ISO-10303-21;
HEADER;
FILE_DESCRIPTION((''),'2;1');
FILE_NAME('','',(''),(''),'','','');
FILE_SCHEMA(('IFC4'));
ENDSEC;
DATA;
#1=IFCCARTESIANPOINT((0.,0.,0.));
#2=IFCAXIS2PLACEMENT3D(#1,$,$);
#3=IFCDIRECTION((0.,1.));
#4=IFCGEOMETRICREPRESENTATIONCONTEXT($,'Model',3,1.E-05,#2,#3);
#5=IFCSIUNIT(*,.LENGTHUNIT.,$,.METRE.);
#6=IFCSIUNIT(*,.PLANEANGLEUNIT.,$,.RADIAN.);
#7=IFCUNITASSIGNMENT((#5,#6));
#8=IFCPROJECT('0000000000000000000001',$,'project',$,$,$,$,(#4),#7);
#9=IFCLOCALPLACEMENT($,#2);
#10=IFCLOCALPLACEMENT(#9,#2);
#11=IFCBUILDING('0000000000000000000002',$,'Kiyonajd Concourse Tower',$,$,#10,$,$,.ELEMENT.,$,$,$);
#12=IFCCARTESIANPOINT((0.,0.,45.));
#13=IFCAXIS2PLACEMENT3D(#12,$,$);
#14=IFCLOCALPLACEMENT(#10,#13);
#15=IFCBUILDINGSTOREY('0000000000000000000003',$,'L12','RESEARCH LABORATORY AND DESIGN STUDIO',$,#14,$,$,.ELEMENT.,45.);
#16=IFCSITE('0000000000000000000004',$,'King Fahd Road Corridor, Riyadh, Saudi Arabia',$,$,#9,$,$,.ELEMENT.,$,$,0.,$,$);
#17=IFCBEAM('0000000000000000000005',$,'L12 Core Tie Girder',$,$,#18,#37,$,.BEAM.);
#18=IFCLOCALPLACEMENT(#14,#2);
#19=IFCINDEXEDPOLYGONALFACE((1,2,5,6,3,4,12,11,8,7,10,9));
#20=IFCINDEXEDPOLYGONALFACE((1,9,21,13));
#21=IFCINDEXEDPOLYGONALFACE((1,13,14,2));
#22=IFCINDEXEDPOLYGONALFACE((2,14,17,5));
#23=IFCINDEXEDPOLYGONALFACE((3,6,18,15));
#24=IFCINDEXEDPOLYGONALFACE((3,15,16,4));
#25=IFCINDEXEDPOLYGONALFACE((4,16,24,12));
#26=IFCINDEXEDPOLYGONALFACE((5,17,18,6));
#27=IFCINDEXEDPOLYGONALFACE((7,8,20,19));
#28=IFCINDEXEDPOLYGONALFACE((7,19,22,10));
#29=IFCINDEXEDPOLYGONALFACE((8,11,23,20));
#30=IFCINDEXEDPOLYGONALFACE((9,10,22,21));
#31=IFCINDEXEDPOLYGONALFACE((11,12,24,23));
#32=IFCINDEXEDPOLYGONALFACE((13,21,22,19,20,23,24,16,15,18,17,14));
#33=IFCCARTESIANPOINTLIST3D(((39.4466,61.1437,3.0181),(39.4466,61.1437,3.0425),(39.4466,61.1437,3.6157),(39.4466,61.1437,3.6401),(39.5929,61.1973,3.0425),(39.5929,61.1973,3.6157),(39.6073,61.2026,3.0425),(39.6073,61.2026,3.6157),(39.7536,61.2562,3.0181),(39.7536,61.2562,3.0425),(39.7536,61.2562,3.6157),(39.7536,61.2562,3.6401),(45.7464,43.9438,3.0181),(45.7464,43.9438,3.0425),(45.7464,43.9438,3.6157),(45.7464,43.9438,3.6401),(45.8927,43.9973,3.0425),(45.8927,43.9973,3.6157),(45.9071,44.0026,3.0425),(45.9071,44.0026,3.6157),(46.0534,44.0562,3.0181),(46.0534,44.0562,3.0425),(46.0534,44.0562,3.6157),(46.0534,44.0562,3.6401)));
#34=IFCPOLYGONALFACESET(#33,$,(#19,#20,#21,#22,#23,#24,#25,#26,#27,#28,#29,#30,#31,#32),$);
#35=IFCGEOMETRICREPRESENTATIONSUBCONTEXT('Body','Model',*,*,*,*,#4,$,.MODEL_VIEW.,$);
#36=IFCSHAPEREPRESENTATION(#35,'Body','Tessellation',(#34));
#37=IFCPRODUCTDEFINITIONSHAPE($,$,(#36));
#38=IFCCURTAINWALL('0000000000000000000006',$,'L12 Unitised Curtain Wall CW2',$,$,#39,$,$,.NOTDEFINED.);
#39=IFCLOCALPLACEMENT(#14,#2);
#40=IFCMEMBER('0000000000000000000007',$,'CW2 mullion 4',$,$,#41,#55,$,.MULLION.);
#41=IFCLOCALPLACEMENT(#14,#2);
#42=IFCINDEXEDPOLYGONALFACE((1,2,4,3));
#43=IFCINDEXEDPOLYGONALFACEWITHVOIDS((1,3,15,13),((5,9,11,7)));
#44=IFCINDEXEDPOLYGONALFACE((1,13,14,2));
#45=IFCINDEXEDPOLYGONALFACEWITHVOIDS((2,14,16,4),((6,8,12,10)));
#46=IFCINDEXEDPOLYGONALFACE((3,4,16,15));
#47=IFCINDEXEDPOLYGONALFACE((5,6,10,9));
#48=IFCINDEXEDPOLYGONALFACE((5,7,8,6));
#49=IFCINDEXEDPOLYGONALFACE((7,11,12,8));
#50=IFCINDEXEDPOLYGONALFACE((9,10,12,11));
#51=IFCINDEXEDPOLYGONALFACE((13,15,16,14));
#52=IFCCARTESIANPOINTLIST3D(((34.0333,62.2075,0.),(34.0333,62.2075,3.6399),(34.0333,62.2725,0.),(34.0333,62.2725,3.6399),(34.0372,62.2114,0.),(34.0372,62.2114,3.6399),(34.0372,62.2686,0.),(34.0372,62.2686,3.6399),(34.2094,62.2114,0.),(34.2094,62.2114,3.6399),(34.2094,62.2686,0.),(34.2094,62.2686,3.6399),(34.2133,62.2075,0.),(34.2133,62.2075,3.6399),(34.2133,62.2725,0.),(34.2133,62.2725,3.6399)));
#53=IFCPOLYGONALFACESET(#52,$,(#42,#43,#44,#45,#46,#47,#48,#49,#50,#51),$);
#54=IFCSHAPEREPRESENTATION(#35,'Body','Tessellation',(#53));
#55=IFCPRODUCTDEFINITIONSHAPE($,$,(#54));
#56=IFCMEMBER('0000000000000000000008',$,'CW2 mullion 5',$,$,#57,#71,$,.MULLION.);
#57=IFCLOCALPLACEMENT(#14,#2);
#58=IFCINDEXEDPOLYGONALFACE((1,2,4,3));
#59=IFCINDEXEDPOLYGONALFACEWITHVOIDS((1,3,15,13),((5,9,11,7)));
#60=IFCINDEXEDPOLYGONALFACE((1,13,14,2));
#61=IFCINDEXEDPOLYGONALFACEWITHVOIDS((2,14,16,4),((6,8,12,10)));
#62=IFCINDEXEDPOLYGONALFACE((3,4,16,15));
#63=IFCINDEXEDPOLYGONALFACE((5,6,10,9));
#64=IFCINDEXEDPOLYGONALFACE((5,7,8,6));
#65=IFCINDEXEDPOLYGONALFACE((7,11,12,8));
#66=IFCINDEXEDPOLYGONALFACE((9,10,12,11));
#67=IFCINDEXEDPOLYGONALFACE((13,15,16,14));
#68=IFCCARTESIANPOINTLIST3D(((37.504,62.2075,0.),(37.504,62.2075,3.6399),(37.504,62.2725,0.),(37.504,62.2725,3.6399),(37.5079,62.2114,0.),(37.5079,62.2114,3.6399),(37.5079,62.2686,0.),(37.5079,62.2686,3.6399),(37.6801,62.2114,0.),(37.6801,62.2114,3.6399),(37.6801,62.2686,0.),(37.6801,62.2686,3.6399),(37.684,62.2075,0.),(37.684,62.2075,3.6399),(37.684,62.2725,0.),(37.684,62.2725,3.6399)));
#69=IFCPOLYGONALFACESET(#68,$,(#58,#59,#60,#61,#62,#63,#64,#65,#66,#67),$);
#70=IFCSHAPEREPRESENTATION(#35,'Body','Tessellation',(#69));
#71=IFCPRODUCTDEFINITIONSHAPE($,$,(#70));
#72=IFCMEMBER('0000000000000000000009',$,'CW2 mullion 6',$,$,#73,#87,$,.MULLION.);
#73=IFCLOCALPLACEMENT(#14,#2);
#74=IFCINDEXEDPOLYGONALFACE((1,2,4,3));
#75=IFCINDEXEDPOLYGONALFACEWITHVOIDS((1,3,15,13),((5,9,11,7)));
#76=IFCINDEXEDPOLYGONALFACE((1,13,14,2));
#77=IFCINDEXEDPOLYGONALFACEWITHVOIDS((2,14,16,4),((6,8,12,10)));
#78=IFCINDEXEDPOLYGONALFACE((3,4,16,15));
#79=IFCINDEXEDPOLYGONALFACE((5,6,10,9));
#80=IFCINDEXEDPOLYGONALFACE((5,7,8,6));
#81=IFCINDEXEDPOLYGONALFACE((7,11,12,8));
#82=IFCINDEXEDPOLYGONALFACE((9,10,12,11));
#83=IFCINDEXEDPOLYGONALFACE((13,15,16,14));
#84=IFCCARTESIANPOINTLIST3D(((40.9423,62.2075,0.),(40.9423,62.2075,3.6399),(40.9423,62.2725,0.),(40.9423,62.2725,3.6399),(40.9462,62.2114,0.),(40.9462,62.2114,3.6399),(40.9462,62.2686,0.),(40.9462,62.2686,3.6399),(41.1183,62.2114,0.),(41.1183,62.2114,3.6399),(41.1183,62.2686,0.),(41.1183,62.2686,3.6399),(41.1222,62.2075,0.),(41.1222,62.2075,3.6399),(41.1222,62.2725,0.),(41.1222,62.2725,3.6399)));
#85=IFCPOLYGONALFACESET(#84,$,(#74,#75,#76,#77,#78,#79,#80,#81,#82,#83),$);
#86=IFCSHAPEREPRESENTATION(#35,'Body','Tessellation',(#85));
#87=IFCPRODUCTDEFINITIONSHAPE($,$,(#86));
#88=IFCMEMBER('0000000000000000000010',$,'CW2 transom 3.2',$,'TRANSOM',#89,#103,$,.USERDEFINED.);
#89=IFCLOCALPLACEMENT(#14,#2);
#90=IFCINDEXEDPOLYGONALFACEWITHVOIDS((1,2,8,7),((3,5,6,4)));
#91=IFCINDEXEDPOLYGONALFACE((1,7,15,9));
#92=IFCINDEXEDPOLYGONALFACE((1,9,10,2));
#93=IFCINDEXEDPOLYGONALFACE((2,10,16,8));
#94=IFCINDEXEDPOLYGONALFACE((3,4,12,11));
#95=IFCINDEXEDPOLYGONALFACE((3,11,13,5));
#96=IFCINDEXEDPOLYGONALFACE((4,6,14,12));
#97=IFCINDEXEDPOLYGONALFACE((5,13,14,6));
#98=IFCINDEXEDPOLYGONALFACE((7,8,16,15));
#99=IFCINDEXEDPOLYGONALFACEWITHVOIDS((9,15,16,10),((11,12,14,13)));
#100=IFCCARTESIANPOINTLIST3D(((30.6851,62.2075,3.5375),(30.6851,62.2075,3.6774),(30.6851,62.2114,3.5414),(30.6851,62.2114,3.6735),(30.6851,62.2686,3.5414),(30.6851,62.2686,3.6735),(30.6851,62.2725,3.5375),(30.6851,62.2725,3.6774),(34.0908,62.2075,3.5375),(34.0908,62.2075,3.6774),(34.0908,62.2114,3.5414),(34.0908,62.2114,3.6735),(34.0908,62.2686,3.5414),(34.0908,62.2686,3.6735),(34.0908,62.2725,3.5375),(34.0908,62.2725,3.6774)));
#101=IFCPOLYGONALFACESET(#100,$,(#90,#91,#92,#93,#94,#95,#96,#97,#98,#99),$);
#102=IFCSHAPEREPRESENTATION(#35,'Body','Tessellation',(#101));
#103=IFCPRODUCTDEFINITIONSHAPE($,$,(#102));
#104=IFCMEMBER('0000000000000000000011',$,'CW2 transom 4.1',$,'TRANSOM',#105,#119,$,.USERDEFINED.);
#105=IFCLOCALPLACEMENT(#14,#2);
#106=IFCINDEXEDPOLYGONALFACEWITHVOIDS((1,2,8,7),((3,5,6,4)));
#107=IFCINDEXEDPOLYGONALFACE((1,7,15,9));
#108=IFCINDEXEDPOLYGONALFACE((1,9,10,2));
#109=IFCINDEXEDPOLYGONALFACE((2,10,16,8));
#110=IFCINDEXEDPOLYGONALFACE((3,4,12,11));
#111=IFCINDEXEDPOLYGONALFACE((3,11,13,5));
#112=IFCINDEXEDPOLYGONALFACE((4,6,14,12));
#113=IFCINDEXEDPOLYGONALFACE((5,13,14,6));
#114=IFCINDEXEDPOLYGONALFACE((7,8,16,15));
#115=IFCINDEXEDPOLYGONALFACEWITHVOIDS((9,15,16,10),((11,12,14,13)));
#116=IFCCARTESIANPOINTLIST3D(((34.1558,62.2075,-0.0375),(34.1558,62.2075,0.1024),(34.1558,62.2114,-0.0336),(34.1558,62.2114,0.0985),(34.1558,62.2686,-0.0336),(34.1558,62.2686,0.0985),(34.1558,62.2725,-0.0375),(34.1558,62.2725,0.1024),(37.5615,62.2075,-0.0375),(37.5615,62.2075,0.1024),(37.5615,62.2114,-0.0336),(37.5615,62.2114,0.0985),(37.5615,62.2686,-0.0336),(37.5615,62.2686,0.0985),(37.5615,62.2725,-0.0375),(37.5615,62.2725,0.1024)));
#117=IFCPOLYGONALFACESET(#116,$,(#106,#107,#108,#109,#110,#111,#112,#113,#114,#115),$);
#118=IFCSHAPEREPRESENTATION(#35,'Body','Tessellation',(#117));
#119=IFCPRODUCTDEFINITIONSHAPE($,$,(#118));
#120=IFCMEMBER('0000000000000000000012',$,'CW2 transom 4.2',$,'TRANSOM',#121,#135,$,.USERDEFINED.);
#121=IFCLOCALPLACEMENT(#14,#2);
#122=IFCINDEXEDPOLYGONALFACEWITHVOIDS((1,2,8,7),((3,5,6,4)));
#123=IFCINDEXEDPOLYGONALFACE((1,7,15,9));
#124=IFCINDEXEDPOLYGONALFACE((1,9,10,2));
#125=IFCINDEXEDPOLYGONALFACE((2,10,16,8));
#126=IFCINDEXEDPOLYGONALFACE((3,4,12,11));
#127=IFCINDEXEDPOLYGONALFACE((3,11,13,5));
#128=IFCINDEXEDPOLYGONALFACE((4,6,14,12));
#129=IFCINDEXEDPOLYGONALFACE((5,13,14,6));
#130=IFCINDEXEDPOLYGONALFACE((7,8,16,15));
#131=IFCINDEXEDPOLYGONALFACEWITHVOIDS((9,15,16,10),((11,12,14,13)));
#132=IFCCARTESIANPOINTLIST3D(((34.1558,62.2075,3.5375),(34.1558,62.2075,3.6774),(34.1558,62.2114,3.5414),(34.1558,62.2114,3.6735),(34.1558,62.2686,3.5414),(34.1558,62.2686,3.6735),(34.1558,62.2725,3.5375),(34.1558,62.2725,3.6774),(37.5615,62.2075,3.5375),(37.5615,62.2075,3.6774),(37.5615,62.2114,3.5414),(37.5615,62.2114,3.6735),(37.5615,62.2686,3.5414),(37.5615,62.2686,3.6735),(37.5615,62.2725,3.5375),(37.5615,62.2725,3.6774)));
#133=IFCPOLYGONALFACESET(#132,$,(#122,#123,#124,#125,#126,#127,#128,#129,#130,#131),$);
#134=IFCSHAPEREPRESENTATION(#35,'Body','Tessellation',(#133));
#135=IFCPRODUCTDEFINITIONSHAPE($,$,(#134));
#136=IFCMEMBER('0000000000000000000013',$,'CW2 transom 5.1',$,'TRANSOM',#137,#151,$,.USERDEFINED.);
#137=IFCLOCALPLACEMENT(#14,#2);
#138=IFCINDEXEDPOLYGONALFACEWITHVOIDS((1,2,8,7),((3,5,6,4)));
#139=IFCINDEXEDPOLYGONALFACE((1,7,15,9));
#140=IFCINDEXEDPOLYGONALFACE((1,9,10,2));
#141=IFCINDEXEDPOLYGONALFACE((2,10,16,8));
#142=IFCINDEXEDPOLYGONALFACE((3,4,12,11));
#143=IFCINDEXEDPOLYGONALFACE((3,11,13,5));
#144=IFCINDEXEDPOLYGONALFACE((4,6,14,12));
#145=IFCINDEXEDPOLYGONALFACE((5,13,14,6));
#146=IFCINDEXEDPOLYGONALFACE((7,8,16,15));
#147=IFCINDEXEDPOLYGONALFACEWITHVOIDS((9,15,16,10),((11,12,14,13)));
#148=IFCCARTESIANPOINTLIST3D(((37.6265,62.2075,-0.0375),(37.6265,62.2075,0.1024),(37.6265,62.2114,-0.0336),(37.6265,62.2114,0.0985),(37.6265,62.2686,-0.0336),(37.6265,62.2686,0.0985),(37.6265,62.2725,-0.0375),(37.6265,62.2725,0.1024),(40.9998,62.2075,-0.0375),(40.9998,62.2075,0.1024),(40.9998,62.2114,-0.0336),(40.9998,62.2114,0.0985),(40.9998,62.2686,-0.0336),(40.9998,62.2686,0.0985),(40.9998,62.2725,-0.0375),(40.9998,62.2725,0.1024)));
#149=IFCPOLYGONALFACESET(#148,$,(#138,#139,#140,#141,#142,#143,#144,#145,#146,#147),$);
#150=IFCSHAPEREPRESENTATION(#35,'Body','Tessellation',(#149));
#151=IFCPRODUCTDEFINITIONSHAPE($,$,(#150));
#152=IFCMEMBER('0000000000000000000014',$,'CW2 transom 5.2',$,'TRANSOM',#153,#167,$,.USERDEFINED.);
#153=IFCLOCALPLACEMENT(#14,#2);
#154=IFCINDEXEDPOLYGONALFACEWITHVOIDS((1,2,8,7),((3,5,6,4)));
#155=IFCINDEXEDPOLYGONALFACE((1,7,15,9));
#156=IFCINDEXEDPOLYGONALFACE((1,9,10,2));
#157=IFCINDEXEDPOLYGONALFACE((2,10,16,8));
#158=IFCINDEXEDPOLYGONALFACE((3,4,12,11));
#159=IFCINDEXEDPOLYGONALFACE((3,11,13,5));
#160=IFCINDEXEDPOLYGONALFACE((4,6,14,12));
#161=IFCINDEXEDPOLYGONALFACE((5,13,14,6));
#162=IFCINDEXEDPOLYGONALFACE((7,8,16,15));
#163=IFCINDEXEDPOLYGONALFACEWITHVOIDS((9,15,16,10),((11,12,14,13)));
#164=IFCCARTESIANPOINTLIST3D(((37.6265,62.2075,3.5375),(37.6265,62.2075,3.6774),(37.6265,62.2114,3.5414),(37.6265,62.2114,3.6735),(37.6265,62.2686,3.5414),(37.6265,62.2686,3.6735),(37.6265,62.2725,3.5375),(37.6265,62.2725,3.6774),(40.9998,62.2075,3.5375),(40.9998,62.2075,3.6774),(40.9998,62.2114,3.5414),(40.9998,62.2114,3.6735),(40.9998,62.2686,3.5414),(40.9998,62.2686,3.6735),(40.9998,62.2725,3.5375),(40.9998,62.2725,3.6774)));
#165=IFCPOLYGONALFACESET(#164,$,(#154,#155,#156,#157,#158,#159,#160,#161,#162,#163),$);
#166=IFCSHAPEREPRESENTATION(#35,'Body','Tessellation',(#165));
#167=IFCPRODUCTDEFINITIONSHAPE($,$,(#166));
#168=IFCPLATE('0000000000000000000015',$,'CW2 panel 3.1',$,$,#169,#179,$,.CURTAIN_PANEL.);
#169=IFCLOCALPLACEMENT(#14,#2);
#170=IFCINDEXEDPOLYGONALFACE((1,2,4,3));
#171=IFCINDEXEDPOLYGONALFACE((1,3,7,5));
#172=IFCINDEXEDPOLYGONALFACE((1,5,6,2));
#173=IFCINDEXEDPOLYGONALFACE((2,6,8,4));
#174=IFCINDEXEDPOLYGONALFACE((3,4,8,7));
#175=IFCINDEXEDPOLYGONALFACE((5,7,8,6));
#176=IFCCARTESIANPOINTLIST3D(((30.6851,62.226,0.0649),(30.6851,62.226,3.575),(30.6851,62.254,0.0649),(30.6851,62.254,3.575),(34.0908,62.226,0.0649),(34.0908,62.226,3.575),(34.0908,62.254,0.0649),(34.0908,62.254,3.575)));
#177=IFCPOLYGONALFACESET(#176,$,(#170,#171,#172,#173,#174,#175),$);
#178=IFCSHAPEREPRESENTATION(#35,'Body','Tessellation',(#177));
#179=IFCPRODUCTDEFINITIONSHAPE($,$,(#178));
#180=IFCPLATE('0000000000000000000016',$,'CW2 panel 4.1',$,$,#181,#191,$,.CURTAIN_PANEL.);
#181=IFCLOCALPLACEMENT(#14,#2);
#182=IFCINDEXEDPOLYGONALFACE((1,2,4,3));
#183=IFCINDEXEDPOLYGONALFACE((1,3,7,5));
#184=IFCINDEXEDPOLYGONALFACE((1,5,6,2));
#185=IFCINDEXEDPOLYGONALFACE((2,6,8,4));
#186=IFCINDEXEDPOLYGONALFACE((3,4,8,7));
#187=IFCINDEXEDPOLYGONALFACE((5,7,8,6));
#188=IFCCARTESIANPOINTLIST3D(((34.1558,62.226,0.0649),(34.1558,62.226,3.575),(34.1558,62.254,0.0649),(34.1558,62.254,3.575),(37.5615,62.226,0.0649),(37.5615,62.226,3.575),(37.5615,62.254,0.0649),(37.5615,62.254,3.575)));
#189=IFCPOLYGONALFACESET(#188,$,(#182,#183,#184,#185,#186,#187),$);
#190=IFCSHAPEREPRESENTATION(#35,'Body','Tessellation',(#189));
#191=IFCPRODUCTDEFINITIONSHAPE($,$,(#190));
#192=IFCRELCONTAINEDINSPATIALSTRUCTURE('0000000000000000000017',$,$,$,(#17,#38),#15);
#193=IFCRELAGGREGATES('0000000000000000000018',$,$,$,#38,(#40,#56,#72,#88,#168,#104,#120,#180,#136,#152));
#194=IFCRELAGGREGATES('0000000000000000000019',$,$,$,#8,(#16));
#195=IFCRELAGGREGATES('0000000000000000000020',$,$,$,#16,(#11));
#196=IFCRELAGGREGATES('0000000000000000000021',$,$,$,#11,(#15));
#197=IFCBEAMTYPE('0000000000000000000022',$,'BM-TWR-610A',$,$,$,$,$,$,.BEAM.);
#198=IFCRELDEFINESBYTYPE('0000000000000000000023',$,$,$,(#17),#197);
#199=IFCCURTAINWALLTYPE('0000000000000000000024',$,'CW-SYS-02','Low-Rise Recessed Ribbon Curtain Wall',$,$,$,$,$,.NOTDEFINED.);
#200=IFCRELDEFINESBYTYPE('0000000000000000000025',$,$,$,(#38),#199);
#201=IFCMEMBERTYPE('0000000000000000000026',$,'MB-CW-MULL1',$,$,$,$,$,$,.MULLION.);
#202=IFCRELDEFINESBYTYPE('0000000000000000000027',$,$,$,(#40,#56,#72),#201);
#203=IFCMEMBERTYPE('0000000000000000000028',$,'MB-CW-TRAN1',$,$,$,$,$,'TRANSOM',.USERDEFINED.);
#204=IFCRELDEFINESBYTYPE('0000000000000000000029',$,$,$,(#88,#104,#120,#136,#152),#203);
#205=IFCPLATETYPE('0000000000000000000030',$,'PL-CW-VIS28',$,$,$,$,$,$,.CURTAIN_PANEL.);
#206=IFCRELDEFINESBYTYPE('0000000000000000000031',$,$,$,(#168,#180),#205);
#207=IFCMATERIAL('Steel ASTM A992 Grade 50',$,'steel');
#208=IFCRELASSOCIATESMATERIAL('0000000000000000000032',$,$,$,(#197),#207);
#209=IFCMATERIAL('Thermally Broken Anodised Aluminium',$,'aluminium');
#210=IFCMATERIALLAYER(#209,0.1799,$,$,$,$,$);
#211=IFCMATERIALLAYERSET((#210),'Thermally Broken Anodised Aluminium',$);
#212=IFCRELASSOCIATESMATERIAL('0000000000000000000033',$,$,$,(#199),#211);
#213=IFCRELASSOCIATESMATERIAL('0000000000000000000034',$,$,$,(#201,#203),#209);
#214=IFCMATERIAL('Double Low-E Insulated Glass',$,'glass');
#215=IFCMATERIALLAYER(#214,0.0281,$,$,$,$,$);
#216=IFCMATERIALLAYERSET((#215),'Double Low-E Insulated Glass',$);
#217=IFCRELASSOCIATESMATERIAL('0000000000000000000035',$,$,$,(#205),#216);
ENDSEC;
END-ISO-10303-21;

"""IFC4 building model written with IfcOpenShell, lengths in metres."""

from ifc_helpers import new_model, si_unit, direction, frame, origin, origin_2d, place, context, subcontext, project, spatial, rectangle, hollow_rectangle, i_section, extrude, material, layer, layer_set, material_profile, profile_set, type_object, element, aggregate, save


model = new_model("IFC4")

# Units and contexts
model_context = context("Model", 3, precision=1e-05, world=origin(), true_north=direction((0.0, 1.0)))
body_context = subcontext(model_context, "Body", "Model", "MODEL_VIEW")
ifc_project = project(units=[si_unit("LENGTHUNIT", "METRE"), si_unit("PLANEANGLEUNIT", "RADIAN")], contexts=[model_context])

# Site, building, storey
site_placement = place(None, origin())
site = spatial("IfcSite", under=ifc_project, at=site_placement, Name="King Fahd Road Corridor, Riyadh, Saudi Arabia", CompositionType="ELEMENT", RefElevation=0.0)
building_placement = place(site_placement, origin())
building = spatial("IfcBuilding", under=site, at=building_placement, Name="Kiyonajd Concourse Tower", CompositionType="ELEMENT")
storey_placement = place(building_placement, frame((0.0, 0.0, 45.0)))
storey = spatial("IfcBuildingStorey", under=building, at=storey_placement, Name="L12", Description="RESEARCH LABORATORY AND DESIGN STUDIO", CompositionType="ELEMENT", Elevation=45.0)

# Beam
ifc_material_1 = material(Name="Steel ASTM A992 Grade 50", Category="steel")
ifc_material_profile_1 = material_profile(ifc_material_1, i_section(OverallWidth=0.3269, OverallDepth=0.6221, WebThickness=0.0154, FlangeThickness=0.0244, at=origin_2d()), Name="W610X195")
ifc_profile_set_1 = profile_set([ifc_material_profile_1], Name="Steel ASTM A992 Grade 50")
beam_type_1 = type_object("IfcBeamType", Name="BM-TWR-610A", PredefinedType="BEAM", material=ifc_profile_set_1)
beam_1_placement = place(storey_placement, frame((39.6001, 61.2, 3.3291), z_axis=(0.343925, -0.938997, 0.0), x_axis=(0.938997, 0.343925, 0.0)))
element("IfcBeam", 1, at=beam_1_placement, inside=storey, type_object=beam_type_1, Name="L12 Core Tie Girder", PredefinedType="BEAM", context=body_context, shape_type="SweptSolid", body=[
    extrude(i_section(OverallWidth=0.3269, OverallDepth=0.6221, WebThickness=0.0154, FlangeThickness=0.0244, at=origin_2d()), origin(), (0.0, 0.0, 1.0), 18.3174),
])

# Curtain wall, members, plates
ifc_material_2 = material(Name="Thermally Broken Anodised Aluminium", Category="aluminium")
ifc_layer_1 = layer(ifc_material_2, 0.1799)
ifc_layer_set_1 = layer_set([ifc_layer_1], Name="Thermally Broken Anodised Aluminium")
curtain_wall_type = type_object("IfcCurtainWallType", Name="CW-SYS-02", Description="Low-Rise Recessed Ribbon Curtain Wall", PredefinedType="NOTDEFINED", material=ifc_layer_set_1)
curtain_wall_placement = place(storey_placement, origin())
curtain_wall = element("IfcCurtainWall", 2, at=curtain_wall_placement, inside=storey, type_object=curtain_wall_type, Name="L12 Unitised Curtain Wall CW2", PredefinedType="NOTDEFINED")
ifc_material_profile_2 = material_profile(ifc_material_2, hollow_rectangle(XDim=0.0649, YDim=0.1799, WallThickness=0.0039, at=origin_2d()), Name="MULL-65x180")
ifc_profile_set_2 = profile_set([ifc_material_profile_2], Name="Thermally Broken Anodised Aluminium")
member_type_1 = type_object("IfcMemberType", Name="MB-CW-MULL1", PredefinedType="MULLION", material=ifc_profile_set_2)
member_1_placement = place(storey_placement, frame((34.1233, 62.24, 0.0), z_axis=(0.0, 0.0, 1.0), x_axis=(0.0, 1.0, 0.0)))
member_1 = element("IfcMember", 3, at=member_1_placement, type_object=member_type_1, Name="CW2 mullion 4", PredefinedType="MULLION", context=body_context, shape_type="SweptSolid", body=[
    extrude(hollow_rectangle(XDim=0.0649, YDim=0.1799, WallThickness=0.0039, at=origin_2d()), origin(), (0.0, 0.0, 1.0), 3.6399),
])
member_2_placement = place(storey_placement, frame((37.594, 62.24, 0.0), z_axis=(0.0, 0.0, 1.0), x_axis=(0.0, 1.0, 0.0)))
member_2 = element("IfcMember", 4, at=member_2_placement, type_object=member_type_1, Name="CW2 mullion 5", PredefinedType="MULLION", context=body_context, shape_type="SweptSolid", body=[
    extrude(hollow_rectangle(XDim=0.0649, YDim=0.1799, WallThickness=0.0039, at=origin_2d()), origin(), (0.0, 0.0, 1.0), 3.6399),
])
member_3_placement = place(storey_placement, frame((41.0322, 62.24, 0.0), z_axis=(0.0, 0.0, 1.0), x_axis=(0.0, 1.0, 0.0)))
member_3 = element("IfcMember", 5, at=member_3_placement, type_object=member_type_1, Name="CW2 mullion 6", PredefinedType="MULLION", context=body_context, shape_type="SweptSolid", body=[
    extrude(hollow_rectangle(XDim=0.0649, YDim=0.1799, WallThickness=0.0039, at=origin_2d()), origin(), (0.0, 0.0, 1.0), 3.6399),
])
ifc_material_profile_3 = material_profile(ifc_material_2, hollow_rectangle(XDim=0.0649, YDim=0.1399, WallThickness=0.0039, at=origin_2d()), Name="TRAN-65x140")
ifc_profile_set_3 = profile_set([ifc_material_profile_3], Name="Thermally Broken Anodised Aluminium")
member_type_2 = type_object("IfcMemberType", Name="MB-CW-TRAN1", ElementType="TRANSOM", PredefinedType="USERDEFINED", material=ifc_profile_set_3)
member_4_placement = place(storey_placement, frame((30.6851, 62.24, 3.6074), z_axis=(1.0, 0.0, 0.0), x_axis=(0.0, 1.0, 0.0)))
member_4 = element("IfcMember", 6, at=member_4_placement, type_object=member_type_2, Name="CW2 transom 3.2", ObjectType="TRANSOM", PredefinedType="USERDEFINED", context=body_context, shape_type="SweptSolid", body=[
    extrude(hollow_rectangle(XDim=0.0649, YDim=0.1399, WallThickness=0.0039, at=origin_2d()), origin(), (0.0, 0.0, 1.0), 3.4058),
])
member_5_placement = place(storey_placement, frame((34.1558, 62.24, 0.0325), z_axis=(1.0, 0.0, 0.0), x_axis=(0.0, 1.0, 0.0)))
member_5 = element("IfcMember", 7, at=member_5_placement, type_object=member_type_2, Name="CW2 transom 4.1", ObjectType="TRANSOM", PredefinedType="USERDEFINED", context=body_context, shape_type="SweptSolid", body=[
    extrude(hollow_rectangle(XDim=0.0649, YDim=0.1399, WallThickness=0.0039, at=origin_2d()), origin(), (0.0, 0.0, 1.0), 3.4058),
])
member_6_placement = place(storey_placement, frame((34.1558, 62.24, 3.6074), z_axis=(1.0, 0.0, 0.0), x_axis=(0.0, 1.0, 0.0)))
member_6 = element("IfcMember", 8, at=member_6_placement, type_object=member_type_2, Name="CW2 transom 4.2", ObjectType="TRANSOM", PredefinedType="USERDEFINED", context=body_context, shape_type="SweptSolid", body=[
    extrude(hollow_rectangle(XDim=0.0649, YDim=0.1399, WallThickness=0.0039, at=origin_2d()), origin(), (0.0, 0.0, 1.0), 3.4058),
])
member_7_placement = place(storey_placement, frame((37.6265, 62.24, 0.0325), z_axis=(1.0, 0.0, 0.0), x_axis=(0.0, 1.0, 0.0)))
member_7 = element("IfcMember", 9, at=member_7_placement, type_object=member_type_2, Name="CW2 transom 5.1", ObjectType="TRANSOM", PredefinedType="USERDEFINED", context=body_context, shape_type="SweptSolid", body=[
    extrude(hollow_rectangle(XDim=0.0649, YDim=0.1399, WallThickness=0.0039, at=origin_2d()), origin(), (0.0, 0.0, 1.0), 3.3733),
])
member_8_placement = place(storey_placement, frame((37.6265, 62.24, 3.6074), z_axis=(1.0, 0.0, 0.0), x_axis=(0.0, 1.0, 0.0)))
member_8 = element("IfcMember", 10, at=member_8_placement, type_object=member_type_2, Name="CW2 transom 5.2", ObjectType="TRANSOM", PredefinedType="USERDEFINED", context=body_context, shape_type="SweptSolid", body=[
    extrude(hollow_rectangle(XDim=0.0649, YDim=0.1399, WallThickness=0.0039, at=origin_2d()), origin(), (0.0, 0.0, 1.0), 3.3733),
])
ifc_material_3 = material(Name="Double Low-E Insulated Glass", Category="glass")
ifc_layer_2 = layer(ifc_material_3, 0.0281)
ifc_layer_set_2 = layer_set([ifc_layer_2], Name="Double Low-E Insulated Glass")
plate_type_1 = type_object("IfcPlateType", Name="PL-CW-VIS28", PredefinedType="CURTAIN_PANEL", material=ifc_layer_set_2)
plate_1_placement = place(storey_placement, frame((32.3879, 62.24, 0.0649), z_axis=(0.0, 0.0, 1.0), x_axis=(1.0, 0.0, 0.0)))
plate_1 = element("IfcPlate", 11, at=plate_1_placement, type_object=plate_type_1, Name="CW2 panel 3.1", PredefinedType="CURTAIN_PANEL", context=body_context, shape_type="SweptSolid", body=[
    extrude(rectangle(XDim=3.4058, YDim=0.0281, at=origin_2d()), origin(), (0.0, 0.0, 1.0), 3.51),
])
plate_2_placement = place(storey_placement, frame((35.8586, 62.24, 0.0649), z_axis=(0.0, 0.0, 1.0), x_axis=(1.0, 0.0, 0.0)))
plate_2 = element("IfcPlate", 12, at=plate_2_placement, type_object=plate_type_1, Name="CW2 panel 4.1", PredefinedType="CURTAIN_PANEL", context=body_context, shape_type="SweptSolid", body=[
    extrude(rectangle(XDim=3.4058, YDim=0.0281, at=origin_2d()), origin(), (0.0, 0.0, 1.0), 3.51),
])
aggregate(curtain_wall, [member_1, member_2, member_3, member_4, plate_1, member_5, member_6, plate_2, member_7, member_8])

save(model, "model.ifc")
